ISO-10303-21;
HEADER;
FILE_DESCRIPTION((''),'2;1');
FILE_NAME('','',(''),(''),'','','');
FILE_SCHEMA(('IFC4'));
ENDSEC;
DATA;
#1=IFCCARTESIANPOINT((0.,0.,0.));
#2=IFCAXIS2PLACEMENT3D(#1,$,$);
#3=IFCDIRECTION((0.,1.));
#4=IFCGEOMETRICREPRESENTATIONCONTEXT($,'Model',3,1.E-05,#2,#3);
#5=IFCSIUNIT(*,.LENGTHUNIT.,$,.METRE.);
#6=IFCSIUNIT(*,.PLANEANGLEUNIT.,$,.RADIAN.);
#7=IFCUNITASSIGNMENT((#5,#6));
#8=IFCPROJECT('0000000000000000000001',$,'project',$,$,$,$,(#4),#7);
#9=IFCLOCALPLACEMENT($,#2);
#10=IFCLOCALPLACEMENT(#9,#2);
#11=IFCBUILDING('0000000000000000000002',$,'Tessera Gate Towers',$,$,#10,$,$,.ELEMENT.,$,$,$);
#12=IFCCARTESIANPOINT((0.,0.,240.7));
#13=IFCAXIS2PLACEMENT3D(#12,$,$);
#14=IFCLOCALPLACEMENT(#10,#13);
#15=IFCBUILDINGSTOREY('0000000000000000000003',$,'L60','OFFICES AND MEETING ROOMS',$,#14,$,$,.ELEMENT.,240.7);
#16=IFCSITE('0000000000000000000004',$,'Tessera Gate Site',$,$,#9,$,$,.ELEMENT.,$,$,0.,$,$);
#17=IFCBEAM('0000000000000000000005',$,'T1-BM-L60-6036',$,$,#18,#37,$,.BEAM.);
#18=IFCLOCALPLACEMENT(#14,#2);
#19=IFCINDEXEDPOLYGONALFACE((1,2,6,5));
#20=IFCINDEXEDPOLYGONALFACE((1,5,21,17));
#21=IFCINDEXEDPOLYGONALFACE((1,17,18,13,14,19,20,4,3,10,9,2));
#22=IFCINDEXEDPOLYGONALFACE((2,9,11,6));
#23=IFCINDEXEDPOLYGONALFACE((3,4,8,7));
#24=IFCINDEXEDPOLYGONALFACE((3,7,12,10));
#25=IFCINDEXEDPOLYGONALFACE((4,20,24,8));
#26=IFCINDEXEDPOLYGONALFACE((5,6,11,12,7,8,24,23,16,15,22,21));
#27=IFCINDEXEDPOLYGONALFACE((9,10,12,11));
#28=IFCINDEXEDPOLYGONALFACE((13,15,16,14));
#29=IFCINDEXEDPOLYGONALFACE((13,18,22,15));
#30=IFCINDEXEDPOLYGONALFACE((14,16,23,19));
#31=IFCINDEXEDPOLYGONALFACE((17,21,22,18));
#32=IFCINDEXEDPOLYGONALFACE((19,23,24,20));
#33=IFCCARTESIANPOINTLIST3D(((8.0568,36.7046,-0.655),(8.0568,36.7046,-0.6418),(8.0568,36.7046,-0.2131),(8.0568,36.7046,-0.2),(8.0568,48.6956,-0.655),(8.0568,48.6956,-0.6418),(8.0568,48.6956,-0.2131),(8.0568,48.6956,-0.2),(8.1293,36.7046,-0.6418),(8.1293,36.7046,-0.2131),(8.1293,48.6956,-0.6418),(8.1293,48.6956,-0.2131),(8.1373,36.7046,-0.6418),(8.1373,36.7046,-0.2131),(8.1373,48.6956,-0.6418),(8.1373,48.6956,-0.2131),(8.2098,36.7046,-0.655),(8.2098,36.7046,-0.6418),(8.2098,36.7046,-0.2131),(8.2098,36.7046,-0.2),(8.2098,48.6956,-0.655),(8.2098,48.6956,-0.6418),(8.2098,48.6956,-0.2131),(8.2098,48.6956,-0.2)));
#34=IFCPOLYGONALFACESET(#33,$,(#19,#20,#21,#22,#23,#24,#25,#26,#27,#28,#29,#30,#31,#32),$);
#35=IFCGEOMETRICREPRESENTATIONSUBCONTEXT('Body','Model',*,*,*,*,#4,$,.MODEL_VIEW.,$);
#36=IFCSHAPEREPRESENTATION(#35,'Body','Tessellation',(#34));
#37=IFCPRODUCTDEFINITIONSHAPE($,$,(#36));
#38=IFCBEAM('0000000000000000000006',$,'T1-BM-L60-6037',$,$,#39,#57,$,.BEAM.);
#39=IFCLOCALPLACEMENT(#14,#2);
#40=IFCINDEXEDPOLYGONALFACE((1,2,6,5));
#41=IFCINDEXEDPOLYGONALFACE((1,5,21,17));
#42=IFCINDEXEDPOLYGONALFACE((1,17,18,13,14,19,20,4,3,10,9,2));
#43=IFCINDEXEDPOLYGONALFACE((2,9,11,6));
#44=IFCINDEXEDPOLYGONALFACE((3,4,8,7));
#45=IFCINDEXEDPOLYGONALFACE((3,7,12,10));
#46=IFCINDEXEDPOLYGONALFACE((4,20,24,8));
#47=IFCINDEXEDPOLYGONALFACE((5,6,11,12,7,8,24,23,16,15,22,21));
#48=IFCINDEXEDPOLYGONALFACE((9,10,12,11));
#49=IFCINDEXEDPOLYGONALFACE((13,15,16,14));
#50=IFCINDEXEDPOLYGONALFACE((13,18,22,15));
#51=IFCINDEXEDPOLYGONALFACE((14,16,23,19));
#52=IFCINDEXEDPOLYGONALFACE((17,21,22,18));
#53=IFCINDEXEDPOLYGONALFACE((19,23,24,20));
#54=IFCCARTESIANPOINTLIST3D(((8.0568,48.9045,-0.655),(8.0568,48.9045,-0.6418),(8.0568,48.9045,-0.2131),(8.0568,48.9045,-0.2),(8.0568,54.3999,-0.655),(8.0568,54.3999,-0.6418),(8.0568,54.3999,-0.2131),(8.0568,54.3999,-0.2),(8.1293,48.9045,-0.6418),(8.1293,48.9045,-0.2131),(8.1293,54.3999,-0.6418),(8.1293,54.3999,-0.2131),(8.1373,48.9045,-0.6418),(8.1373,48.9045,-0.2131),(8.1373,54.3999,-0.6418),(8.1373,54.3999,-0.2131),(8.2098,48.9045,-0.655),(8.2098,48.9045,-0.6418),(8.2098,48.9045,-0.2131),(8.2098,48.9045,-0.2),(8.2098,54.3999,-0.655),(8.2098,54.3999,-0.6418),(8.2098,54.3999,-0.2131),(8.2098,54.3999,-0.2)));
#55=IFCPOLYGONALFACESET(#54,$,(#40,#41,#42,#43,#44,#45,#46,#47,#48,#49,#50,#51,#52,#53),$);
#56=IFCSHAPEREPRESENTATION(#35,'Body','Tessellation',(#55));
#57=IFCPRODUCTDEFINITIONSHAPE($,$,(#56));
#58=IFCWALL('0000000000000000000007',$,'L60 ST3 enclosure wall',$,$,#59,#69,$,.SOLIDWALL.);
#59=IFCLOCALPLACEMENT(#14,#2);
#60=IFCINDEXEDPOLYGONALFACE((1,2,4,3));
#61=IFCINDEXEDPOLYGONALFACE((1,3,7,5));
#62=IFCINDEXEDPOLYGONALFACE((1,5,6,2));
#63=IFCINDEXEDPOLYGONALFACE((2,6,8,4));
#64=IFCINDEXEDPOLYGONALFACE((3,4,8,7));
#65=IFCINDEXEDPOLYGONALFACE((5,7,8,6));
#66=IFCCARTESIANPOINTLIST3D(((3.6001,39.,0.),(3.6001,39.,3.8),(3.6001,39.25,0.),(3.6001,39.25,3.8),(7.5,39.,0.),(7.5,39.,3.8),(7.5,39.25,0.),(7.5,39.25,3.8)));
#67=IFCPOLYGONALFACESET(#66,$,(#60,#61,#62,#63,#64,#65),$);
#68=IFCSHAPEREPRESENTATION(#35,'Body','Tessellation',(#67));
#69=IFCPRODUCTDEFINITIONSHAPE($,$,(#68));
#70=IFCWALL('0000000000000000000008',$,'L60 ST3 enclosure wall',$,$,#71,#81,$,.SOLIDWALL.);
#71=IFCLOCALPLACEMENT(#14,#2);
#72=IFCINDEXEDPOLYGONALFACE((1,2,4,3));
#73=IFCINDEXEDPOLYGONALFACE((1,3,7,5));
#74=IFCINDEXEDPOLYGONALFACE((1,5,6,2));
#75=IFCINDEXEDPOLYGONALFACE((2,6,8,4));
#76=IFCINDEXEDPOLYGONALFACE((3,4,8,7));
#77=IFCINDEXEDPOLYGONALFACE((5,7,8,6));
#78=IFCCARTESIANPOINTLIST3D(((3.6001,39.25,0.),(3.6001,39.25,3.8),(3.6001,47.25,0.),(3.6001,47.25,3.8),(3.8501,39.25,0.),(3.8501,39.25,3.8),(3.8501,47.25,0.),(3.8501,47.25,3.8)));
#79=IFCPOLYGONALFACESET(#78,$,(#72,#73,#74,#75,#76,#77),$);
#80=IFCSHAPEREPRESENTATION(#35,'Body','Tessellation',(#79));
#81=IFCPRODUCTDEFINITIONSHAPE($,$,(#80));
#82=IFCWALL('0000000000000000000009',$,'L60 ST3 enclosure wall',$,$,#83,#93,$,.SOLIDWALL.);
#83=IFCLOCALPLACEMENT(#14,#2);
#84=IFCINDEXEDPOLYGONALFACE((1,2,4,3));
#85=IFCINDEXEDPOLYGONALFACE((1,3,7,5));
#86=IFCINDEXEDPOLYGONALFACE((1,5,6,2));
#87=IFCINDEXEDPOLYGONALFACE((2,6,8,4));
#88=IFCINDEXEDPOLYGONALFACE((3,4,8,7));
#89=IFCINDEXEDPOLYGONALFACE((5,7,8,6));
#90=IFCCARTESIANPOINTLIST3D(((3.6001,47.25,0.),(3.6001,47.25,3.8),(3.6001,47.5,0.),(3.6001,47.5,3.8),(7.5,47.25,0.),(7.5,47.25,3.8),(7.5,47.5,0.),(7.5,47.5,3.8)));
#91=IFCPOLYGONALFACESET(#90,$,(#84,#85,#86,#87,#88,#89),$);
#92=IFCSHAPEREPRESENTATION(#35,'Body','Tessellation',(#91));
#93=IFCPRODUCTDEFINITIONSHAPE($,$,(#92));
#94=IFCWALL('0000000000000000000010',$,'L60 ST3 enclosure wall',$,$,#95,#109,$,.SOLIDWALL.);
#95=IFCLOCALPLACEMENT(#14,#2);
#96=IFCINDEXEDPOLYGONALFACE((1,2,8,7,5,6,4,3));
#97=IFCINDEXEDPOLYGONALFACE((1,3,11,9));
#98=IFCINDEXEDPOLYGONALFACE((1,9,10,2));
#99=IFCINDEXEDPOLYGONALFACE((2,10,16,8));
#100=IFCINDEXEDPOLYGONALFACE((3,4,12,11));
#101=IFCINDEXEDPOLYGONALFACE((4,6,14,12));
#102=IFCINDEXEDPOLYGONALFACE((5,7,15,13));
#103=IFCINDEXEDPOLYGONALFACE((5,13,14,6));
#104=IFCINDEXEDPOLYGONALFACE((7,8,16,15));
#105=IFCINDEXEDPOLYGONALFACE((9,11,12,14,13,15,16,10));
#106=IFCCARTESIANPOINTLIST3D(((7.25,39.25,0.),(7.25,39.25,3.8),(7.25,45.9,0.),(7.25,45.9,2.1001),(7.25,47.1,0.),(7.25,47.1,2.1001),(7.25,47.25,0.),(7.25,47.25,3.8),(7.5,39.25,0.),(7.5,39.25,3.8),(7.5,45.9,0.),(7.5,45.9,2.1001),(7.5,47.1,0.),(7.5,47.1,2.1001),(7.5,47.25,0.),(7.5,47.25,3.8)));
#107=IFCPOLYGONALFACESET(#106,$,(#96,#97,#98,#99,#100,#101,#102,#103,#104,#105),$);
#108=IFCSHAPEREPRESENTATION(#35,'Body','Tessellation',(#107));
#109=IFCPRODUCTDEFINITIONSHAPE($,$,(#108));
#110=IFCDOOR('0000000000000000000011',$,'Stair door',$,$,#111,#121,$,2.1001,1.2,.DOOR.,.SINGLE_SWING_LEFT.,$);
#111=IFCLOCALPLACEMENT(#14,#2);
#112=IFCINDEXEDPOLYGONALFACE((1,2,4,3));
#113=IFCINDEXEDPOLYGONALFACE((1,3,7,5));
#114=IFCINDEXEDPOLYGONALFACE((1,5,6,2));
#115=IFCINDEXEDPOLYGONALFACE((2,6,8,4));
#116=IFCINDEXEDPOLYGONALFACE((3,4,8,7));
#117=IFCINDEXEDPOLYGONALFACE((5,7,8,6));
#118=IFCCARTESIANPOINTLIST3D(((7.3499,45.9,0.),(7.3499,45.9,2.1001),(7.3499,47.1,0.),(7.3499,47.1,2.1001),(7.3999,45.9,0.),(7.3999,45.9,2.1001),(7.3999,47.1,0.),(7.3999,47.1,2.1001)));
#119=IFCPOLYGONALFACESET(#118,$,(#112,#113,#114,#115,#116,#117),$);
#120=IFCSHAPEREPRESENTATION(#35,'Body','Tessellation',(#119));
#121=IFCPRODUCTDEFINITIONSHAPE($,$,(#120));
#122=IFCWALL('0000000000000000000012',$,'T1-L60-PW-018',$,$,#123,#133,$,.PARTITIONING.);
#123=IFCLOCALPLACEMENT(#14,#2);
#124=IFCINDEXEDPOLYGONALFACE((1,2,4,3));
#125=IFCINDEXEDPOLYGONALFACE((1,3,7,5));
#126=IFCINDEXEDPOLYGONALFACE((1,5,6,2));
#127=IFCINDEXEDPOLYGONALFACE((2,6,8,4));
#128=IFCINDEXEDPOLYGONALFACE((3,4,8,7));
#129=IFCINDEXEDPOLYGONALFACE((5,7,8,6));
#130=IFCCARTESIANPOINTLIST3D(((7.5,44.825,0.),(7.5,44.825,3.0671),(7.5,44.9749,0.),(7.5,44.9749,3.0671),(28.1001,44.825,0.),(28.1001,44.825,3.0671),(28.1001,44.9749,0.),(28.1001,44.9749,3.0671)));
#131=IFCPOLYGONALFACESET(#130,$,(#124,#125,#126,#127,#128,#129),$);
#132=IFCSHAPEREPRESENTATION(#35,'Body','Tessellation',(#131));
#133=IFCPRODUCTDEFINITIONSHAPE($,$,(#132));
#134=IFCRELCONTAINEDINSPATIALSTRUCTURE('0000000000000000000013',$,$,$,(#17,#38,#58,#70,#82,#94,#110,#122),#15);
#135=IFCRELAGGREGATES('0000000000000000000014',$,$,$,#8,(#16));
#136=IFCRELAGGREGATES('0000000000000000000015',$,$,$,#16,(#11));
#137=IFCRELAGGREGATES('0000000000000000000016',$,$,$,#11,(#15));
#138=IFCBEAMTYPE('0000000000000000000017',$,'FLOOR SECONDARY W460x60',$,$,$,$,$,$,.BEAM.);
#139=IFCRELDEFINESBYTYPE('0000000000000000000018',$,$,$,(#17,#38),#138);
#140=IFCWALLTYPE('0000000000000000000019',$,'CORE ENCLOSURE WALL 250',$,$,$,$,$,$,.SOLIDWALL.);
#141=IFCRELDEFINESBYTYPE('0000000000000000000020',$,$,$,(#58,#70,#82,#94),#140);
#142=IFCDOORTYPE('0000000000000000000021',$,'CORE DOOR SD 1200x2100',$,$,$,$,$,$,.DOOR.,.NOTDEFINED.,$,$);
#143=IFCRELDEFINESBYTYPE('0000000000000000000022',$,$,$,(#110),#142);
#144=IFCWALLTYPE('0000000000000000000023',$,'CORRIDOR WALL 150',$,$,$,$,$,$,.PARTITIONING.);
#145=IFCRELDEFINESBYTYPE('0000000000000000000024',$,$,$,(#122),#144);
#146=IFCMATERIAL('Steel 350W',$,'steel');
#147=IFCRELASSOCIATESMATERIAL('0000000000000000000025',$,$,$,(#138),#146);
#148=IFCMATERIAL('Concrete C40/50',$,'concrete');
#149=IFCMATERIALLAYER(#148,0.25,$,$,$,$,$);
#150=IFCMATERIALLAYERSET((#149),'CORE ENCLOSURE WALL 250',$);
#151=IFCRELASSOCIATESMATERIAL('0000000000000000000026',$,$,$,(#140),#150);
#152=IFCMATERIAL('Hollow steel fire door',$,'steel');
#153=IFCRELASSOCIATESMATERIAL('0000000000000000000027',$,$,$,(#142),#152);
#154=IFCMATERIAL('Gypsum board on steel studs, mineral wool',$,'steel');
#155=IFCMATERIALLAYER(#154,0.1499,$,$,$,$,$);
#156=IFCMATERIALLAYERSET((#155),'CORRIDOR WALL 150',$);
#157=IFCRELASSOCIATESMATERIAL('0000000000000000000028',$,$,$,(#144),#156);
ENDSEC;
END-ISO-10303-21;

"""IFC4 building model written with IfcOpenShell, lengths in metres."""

from ifc_helpers import new_model, si_unit, direction, frame, frame_2d, origin, origin_2d, place, context, subcontext, project, spatial, rectangle, i_section, extrude, source, transform, mapped, material, layer, layer_set, material_profile, profile_set, type_object, element, fill, save


model = new_model("IFC4")

# Units and contexts
model_context = context("Model", 3, precision=1e-05, world=origin(), true_north=direction((0.0, 1.0)))
body_context = subcontext(model_context, "Body", "Model", "MODEL_VIEW")
ifc_project = project(units=[si_unit("LENGTHUNIT", "METRE"), si_unit("PLANEANGLEUNIT", "RADIAN")], contexts=[model_context])

# Site, building, storey
site_placement = place(None, origin())
site = spatial("IfcSite", under=ifc_project, at=site_placement, Name="Tessera Gate Site", CompositionType="ELEMENT", RefElevation=0.0)
building_placement = place(site_placement, origin())
building = spatial("IfcBuilding", under=site, at=building_placement, Name="Tessera Gate Towers", CompositionType="ELEMENT")
storey_placement = place(building_placement, frame((0.0, 0.0, 240.7)))
storey = spatial("IfcBuildingStorey", under=building, at=storey_placement, Name="L60", Description="OFFICES AND MEETING ROOMS", CompositionType="ELEMENT", Elevation=240.7)

# Beams
ifc_material_1 = material(Name="Steel 350W", Category="steel")
ifc_material_profile_1 = material_profile(ifc_material_1, i_section(OverallWidth=0.1531, OverallDepth=0.4551, WebThickness=0.0081, FlangeThickness=0.0132, at=origin_2d()), Name="W460x60")
ifc_profile_set_1 = profile_set([ifc_material_profile_1], Name="Steel 350W")
beam_type_1 = type_object("IfcBeamType", Name="FLOOR SECONDARY W460x60", PredefinedType="BEAM", material=ifc_profile_set_1)
beam_1_placement = place(storey_placement, frame((8.1333, 36.7046, -0.4275), z_axis=(0.0, 1.0, 0.0), x_axis=(-1.0, 0.0, 0.0)))
element("IfcBeam", 1, at=beam_1_placement, inside=storey, type_object=beam_type_1, Name="T1-BM-L60-6036", PredefinedType="BEAM", context=body_context, shape_type="SweptSolid", body=[
    extrude(i_section(OverallWidth=0.1531, OverallDepth=0.4551, WebThickness=0.0081, FlangeThickness=0.0132, at=origin_2d()), origin(), (0.0, 0.0, 1.0), 11.991),
])
beam_2_placement = place(storey_placement, frame((8.1333, 48.9045, -0.4275), z_axis=(0.0, 1.0, 0.0), x_axis=(-1.0, 0.0, 0.0)))
element("IfcBeam", 2, at=beam_2_placement, inside=storey, type_object=beam_type_1, Name="T1-BM-L60-6037", PredefinedType="BEAM", context=body_context, shape_type="SweptSolid", body=[
    extrude(i_section(OverallWidth=0.1531, OverallDepth=0.4551, WebThickness=0.0081, FlangeThickness=0.0132, at=origin_2d()), origin(), (0.0, 0.0, 1.0), 5.4954),
])

# Walls
ifc_material_2 = material(Name="Concrete C40/50", Category="concrete")
ifc_layer_1 = layer(ifc_material_2, 0.25)
ifc_layer_set_1 = layer_set([ifc_layer_1], Name="CORE ENCLOSURE WALL 250")
wall_type_1 = type_object("IfcWallType", Name="CORE ENCLOSURE WALL 250", PredefinedType="SOLIDWALL", material=ifc_layer_set_1)
wall_1_placement = place(storey_placement, frame((7.5, 39.125, 0.0), z_axis=(0.0, 0.0, 1.0), x_axis=(-1.0, 0.0, 0.0)))
element("IfcWall", 3, at=wall_1_placement, inside=storey, type_object=wall_type_1, Name="L60 ST3 enclosure wall", PredefinedType="SOLIDWALL", context=body_context, shape_type="SweptSolid", body=[
    extrude(rectangle(XDim=3.8999, YDim=0.25, at=frame_2d((1.95, 0.0))), origin(), (0.0, 0.0, 1.0), 3.8),
])
wall_2_placement = place(storey_placement, frame((3.7251, 39.25, 0.0), z_axis=(0.0, 0.0, 1.0), x_axis=(0.0, 1.0, 0.0)))
element("IfcWall", 4, at=wall_2_placement, inside=storey, type_object=wall_type_1, Name="L60 ST3 enclosure wall", PredefinedType="SOLIDWALL", context=body_context, shape_type="SweptSolid", body=[
    extrude(rectangle(XDim=8.0, YDim=0.25, at=frame_2d((4.0, 0.0))), origin(), (0.0, 0.0, 1.0), 3.8),
])
wall_3_placement = place(storey_placement, frame((3.6001, 47.375, 0.0), z_axis=(0.0, 0.0, 1.0), x_axis=(1.0, 0.0, 0.0)))
element("IfcWall", 5, at=wall_3_placement, inside=storey, type_object=wall_type_1, Name="L60 ST3 enclosure wall", PredefinedType="SOLIDWALL", context=body_context, shape_type="SweptSolid", body=[
    extrude(rectangle(XDim=3.8999, YDim=0.25, at=frame_2d((1.95, 0.0))), origin(), (0.0, 0.0, 1.0), 3.8),
])

# Wall, opening, door
wall_4_placement = place(storey_placement, frame((7.375, 47.25, 0.0), z_axis=(0.0, 0.0, 1.0), x_axis=(0.0, -1.0, 0.0)))
wall_4 = element("IfcWall", 6, at=wall_4_placement, inside=storey, type_object=wall_type_1, Name="L60 ST3 enclosure wall", PredefinedType="SOLIDWALL", context=body_context, shape_type="SweptSolid", body=[
    extrude(rectangle(XDim=8.0, YDim=0.25, at=frame_2d((4.0, 0.0))), origin(), (0.0, 0.0, 1.0), 3.8),
])
shared_shape_1 = source(origin(), body_context, "Body", "SweptSolid", [
    extrude(rectangle(XDim=1.2, YDim=2.1001, at=frame_2d((0.6001, 1.05))), frame((0.0, 0.135, 0.0), z_axis=(0.0, -1.0, 0.0), x_axis=(1.0, 0.0, 0.0)), (0.0, 0.0, 1.0), 0.27),
])
opening_1_placement = place(wall_4_placement, frame((0.1499, 0.0, 0.0)))
opening_1 = element("IfcOpeningElement", 7, at=opening_1_placement, cuts=wall_4, PredefinedType="OPENING", context=body_context, shape_type="MappedRepresentation", body=[
    mapped(shared_shape_1, transform((0.0, 0.0, 0.0), scale=1.0)),
])
ifc_material_3 = material(Name="Hollow steel fire door", Category="steel")
door_type_1 = type_object("IfcDoorType", Name="CORE DOOR SD 1200x2100", OperationType="NOTDEFINED", PredefinedType="DOOR", material=ifc_material_3)
shared_shape_2 = source(origin(), body_context, "Body", "SweptSolid", [
    extrude(rectangle(XDim=1.2, YDim=2.1001, at=frame_2d((0.6001, 1.05))), frame((0.0, 0.0249, 0.0), z_axis=(0.0, -1.0, 0.0), x_axis=(1.0, 0.0, 0.0)), (0.0, 0.0, 1.0), 0.05),
])
door_1_placement = place(opening_1_placement, origin())
door_1 = element("IfcDoor", 8, at=door_1_placement, inside=storey, type_object=door_type_1, Name="Stair door", OperationType="SINGLE_SWING_LEFT", OverallHeight=2.1001, OverallWidth=1.2, PredefinedType="DOOR", context=body_context, shape_type="MappedRepresentation", body=[
    mapped(shared_shape_2, transform((0.0, 0.0, 0.0), scale=1.0)),
])
fill(opening_1, door_1)

# Wall
ifc_material_4 = material(Name="Gypsum board on steel studs, mineral wool", Category="steel")
ifc_layer_2 = layer(ifc_material_4, 0.1499)
ifc_layer_set_2 = layer_set([ifc_layer_2], Name="CORRIDOR WALL 150")
wall_type_2 = type_object("IfcWallType", Name="CORRIDOR WALL 150", PredefinedType="PARTITIONING", material=ifc_layer_set_2)
wall_5_placement = place(storey_placement, frame((7.5, 44.8999, 0.0), z_axis=(0.0, 0.0, 1.0), x_axis=(1.0, 0.0, 0.0)))
element("IfcWall", 9, at=wall_5_placement, inside=storey, type_object=wall_type_2, Name="T1-L60-PW-018", PredefinedType="PARTITIONING", context=body_context, shape_type="SweptSolid", body=[
    extrude(rectangle(XDim=20.6001, YDim=0.1499, at=frame_2d((10.3, 0.0))), origin(), (0.0, 0.0, 1.0), 3.0671),
])

save(model, "model.ifc")
